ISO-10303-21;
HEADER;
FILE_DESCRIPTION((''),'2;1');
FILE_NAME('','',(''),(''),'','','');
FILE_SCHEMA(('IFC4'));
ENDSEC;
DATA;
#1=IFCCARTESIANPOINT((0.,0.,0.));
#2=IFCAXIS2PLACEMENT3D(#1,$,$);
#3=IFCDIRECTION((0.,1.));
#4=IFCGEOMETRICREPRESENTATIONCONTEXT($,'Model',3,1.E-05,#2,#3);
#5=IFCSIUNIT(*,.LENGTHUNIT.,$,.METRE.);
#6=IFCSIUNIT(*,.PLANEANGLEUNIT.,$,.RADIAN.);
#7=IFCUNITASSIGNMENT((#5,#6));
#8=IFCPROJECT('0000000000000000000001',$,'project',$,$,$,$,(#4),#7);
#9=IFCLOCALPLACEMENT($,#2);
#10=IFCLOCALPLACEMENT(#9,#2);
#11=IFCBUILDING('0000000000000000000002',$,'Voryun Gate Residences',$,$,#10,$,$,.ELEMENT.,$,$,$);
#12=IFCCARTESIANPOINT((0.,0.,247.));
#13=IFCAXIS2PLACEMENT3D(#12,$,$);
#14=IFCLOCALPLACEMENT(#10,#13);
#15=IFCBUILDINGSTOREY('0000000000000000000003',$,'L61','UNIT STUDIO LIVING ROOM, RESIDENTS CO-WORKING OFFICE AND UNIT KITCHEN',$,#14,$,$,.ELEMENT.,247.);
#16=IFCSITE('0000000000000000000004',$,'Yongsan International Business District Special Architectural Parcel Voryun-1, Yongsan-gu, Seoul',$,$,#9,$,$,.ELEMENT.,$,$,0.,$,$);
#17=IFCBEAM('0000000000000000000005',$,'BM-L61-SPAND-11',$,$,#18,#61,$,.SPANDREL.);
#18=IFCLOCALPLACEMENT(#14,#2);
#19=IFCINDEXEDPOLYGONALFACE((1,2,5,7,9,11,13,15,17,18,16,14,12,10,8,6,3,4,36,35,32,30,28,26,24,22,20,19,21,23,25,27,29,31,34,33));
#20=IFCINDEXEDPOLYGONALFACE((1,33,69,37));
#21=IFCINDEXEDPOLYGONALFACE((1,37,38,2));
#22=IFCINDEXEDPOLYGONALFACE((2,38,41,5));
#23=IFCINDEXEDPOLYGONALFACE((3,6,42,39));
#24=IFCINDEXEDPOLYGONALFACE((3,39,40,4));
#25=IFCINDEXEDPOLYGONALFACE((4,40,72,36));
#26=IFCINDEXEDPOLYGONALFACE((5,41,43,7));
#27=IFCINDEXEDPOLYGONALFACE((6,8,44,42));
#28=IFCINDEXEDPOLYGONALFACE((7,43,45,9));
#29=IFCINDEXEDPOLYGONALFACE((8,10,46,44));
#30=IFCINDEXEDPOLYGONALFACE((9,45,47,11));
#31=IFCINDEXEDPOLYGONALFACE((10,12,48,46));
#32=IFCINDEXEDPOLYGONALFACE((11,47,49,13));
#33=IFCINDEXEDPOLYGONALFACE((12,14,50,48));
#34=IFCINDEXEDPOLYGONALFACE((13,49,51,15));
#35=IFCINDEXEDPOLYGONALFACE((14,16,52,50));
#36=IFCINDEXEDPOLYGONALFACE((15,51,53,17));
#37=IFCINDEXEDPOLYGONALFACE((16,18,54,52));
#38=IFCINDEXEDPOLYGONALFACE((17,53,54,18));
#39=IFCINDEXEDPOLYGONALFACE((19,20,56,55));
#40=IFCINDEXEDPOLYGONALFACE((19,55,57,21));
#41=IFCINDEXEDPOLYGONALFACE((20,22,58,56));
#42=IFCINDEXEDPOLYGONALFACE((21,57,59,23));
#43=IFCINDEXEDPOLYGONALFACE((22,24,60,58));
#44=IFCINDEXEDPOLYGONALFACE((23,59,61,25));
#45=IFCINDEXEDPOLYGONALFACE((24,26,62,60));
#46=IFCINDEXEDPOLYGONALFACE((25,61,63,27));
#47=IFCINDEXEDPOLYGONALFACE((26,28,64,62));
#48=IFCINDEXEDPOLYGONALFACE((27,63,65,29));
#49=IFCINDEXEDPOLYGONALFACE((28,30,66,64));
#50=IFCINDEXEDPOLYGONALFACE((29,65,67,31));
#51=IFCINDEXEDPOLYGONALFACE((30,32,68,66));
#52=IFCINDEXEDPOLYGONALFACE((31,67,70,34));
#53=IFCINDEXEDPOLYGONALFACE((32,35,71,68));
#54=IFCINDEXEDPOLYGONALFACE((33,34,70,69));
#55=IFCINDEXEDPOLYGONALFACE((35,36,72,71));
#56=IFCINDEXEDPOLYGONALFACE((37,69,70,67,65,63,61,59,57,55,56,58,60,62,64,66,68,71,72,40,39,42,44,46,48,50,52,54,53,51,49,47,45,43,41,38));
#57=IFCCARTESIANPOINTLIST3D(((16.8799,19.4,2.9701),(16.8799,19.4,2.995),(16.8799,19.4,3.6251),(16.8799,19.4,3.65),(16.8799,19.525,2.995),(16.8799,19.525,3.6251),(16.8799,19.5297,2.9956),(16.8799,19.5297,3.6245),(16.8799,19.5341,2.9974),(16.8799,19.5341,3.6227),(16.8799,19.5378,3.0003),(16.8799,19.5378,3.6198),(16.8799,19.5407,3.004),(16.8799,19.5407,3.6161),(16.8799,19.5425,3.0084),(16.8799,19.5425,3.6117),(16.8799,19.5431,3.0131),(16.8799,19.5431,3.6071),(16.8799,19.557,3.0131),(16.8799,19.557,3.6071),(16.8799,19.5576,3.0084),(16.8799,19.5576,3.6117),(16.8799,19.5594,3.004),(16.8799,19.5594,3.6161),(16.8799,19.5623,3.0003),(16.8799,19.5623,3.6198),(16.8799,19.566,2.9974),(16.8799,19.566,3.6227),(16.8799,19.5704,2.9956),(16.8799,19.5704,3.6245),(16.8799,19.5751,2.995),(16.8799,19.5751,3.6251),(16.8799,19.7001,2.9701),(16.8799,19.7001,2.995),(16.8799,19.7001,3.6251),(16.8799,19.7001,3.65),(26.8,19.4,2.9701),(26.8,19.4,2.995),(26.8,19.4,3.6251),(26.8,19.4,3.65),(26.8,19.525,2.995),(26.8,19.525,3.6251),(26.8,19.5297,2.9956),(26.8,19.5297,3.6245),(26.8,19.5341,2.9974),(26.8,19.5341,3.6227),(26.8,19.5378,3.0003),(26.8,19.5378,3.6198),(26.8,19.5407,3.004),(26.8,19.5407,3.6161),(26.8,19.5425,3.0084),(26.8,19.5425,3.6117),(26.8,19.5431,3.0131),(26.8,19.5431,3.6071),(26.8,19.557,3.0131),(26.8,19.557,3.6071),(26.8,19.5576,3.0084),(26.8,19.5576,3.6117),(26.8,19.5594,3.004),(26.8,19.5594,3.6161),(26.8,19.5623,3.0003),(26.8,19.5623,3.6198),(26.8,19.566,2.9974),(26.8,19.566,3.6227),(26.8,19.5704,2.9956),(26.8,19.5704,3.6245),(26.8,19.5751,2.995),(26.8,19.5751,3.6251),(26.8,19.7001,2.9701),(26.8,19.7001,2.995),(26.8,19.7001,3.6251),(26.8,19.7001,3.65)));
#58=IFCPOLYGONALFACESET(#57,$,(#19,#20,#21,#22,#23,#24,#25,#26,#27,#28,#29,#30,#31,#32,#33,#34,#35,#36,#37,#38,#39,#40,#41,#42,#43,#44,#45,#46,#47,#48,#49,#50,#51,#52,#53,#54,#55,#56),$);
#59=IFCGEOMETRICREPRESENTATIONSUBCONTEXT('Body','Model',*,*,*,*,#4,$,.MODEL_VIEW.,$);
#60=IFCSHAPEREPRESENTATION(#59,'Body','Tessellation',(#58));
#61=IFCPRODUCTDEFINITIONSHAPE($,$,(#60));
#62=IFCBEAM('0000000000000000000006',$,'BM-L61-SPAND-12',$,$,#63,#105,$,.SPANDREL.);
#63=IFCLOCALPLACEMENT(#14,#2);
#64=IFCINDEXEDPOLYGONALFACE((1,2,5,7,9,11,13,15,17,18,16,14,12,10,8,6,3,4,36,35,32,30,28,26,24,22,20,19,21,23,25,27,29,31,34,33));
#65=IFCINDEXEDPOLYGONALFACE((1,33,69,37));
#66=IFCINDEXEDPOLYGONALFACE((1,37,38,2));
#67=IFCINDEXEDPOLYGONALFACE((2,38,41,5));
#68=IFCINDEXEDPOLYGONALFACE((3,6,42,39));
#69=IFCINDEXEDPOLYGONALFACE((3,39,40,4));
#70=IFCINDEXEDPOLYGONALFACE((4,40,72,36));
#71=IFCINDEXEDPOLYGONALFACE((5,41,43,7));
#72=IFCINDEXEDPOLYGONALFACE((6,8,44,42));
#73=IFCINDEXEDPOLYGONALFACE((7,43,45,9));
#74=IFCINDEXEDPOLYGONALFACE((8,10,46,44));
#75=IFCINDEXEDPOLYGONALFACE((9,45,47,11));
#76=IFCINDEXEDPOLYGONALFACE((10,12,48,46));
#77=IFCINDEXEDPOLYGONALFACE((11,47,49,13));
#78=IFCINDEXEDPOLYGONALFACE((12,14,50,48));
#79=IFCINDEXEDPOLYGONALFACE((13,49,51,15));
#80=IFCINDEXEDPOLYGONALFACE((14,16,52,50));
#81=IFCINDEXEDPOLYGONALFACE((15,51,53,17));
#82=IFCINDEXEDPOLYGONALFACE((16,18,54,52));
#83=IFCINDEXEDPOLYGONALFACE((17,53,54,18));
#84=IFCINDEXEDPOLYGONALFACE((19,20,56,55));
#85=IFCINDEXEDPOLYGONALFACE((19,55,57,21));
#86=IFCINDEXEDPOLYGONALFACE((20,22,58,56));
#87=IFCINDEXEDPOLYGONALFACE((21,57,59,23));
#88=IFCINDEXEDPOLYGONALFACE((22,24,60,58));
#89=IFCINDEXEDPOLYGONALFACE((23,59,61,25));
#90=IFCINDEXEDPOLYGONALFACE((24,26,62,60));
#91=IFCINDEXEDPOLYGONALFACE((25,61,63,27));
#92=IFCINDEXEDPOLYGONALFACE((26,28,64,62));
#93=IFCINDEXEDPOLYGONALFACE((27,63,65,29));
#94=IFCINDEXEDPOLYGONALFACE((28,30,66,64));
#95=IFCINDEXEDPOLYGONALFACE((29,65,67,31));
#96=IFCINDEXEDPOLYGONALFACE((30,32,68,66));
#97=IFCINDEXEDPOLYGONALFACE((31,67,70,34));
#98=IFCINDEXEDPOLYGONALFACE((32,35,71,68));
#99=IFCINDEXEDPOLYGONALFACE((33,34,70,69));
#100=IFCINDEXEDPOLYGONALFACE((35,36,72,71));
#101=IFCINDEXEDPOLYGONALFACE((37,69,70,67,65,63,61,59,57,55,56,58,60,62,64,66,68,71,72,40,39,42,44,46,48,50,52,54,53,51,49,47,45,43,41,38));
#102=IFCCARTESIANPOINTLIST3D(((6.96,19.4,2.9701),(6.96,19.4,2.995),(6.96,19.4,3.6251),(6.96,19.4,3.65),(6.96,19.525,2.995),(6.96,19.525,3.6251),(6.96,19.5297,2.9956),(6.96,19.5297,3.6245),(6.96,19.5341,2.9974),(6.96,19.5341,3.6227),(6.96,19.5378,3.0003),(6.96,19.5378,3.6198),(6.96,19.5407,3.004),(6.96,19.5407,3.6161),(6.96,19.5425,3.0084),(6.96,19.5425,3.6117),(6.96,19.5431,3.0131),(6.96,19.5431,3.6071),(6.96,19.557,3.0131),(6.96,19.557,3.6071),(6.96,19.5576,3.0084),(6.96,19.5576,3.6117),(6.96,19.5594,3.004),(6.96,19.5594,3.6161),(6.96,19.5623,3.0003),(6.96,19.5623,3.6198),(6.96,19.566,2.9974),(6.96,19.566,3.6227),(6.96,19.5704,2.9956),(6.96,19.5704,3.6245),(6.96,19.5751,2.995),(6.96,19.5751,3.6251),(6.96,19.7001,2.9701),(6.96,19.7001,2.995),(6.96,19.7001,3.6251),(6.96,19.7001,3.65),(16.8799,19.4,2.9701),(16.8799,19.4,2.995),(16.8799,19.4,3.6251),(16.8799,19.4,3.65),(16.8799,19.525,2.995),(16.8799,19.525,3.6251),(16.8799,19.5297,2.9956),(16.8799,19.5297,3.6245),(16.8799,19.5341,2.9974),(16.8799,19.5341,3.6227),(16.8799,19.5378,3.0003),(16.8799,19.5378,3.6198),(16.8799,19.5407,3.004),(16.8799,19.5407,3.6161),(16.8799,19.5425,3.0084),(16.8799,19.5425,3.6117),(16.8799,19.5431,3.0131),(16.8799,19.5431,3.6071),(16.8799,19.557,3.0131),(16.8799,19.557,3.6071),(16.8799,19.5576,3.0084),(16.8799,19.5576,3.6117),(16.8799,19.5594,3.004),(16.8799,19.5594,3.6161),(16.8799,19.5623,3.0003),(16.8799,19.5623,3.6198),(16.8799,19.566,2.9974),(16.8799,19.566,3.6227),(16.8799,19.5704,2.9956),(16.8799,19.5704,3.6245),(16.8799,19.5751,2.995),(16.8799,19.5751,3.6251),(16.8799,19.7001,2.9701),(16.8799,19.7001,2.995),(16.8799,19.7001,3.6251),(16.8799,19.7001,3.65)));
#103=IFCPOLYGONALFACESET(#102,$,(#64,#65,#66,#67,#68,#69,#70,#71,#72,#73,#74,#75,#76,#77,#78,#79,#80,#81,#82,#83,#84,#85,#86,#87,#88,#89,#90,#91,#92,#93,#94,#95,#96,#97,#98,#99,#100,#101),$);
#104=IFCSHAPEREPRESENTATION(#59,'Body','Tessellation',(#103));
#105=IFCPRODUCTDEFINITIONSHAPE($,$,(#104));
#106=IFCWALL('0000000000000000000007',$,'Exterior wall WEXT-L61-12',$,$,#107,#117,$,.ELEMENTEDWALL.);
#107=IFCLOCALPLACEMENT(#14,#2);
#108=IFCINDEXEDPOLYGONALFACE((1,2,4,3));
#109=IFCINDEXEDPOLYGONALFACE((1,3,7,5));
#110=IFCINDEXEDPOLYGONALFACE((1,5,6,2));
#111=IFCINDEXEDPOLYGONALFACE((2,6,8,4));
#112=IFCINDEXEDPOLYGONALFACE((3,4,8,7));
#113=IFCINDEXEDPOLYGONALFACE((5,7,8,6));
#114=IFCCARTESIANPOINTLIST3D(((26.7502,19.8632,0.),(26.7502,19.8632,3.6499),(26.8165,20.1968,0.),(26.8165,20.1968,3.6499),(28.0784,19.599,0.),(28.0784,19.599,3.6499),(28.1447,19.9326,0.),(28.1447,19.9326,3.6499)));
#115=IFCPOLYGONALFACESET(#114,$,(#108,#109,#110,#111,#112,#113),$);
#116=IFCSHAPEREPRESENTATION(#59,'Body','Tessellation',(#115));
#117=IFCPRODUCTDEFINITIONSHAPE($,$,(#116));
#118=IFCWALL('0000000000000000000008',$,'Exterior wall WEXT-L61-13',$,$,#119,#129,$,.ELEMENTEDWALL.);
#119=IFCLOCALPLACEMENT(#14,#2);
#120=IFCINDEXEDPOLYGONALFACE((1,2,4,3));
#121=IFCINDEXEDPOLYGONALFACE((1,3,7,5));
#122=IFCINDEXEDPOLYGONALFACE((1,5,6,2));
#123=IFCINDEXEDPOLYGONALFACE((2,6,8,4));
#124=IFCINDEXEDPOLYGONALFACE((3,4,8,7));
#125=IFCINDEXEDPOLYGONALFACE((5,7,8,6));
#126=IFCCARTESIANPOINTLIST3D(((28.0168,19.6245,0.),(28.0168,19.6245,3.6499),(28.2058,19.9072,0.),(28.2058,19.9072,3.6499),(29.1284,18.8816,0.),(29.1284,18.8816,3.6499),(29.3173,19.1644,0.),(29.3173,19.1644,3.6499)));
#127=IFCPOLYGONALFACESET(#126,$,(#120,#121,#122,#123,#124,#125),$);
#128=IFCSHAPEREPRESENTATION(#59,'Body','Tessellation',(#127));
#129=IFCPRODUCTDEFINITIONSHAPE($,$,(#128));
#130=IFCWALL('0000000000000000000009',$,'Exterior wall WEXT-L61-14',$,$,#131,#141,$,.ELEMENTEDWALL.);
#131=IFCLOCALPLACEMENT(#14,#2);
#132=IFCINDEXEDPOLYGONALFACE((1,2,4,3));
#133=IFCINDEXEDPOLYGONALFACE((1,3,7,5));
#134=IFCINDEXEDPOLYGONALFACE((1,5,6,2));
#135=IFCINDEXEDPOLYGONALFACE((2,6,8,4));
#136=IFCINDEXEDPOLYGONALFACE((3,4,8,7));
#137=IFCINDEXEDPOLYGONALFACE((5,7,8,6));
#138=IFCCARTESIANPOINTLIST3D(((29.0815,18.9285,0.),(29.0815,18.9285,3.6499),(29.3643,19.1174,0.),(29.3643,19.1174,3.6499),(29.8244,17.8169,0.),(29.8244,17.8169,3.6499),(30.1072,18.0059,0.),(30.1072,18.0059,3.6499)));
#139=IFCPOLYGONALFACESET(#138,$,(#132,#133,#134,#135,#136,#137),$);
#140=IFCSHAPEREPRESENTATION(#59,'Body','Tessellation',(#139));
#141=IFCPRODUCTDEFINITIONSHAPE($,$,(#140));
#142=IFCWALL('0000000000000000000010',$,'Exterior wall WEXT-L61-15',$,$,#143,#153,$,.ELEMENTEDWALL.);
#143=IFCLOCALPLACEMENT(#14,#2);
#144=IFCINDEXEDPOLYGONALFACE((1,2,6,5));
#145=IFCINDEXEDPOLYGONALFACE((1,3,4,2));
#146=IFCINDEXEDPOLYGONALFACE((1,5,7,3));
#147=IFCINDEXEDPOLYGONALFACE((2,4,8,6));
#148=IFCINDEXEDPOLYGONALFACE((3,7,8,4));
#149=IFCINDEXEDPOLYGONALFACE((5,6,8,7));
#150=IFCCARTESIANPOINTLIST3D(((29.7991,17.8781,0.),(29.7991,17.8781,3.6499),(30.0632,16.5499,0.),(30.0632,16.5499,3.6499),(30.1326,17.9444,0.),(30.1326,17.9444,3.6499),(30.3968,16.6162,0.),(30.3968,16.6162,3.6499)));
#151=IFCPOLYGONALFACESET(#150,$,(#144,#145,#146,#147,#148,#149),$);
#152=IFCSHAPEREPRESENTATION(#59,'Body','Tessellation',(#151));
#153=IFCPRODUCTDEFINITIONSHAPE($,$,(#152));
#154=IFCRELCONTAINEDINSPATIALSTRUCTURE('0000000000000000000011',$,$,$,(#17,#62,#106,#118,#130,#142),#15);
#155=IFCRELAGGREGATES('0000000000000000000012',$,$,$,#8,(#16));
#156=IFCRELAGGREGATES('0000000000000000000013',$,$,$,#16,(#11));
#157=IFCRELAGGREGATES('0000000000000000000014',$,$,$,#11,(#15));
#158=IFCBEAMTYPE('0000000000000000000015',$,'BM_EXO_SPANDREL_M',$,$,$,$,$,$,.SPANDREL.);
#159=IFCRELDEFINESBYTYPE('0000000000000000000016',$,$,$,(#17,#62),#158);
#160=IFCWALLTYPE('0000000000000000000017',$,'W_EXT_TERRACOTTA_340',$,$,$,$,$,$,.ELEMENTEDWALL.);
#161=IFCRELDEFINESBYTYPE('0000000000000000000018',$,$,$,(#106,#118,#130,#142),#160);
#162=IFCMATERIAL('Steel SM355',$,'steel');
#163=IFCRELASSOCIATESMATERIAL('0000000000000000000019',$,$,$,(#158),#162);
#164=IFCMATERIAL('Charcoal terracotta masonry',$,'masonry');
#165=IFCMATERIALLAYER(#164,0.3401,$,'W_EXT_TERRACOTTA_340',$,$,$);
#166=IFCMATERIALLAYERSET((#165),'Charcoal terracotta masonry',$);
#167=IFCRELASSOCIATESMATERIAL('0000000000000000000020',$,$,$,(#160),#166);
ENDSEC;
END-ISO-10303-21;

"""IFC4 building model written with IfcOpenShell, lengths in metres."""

from ifc_helpers import new_model, si_unit, direction, frame, frame_2d, origin, origin_2d, place, context, subcontext, project, spatial, rectangle, i_section, extrude, material, layer, layer_set, material_profile, profile_set, type_object, element, save


model = new_model("IFC4")

# Units and contexts
model_context = context("Model", 3, precision=1e-05, world=origin(), true_north=direction((0.0, 1.0)))
body_context = subcontext(model_context, "Body", "Model", "MODEL_VIEW")
ifc_project = project(units=[si_unit("LENGTHUNIT", "METRE"), si_unit("PLANEANGLEUNIT", "RADIAN")], contexts=[model_context])

# Site, building, storey
site_placement = place(None, origin())
site = spatial("IfcSite", under=ifc_project, at=site_placement, Name="Yongsan International Business District Special Architectural Parcel Voryun-1, Yongsan-gu, Seoul", CompositionType="ELEMENT", RefElevation=0.0)
building_placement = place(site_placement, origin())
building = spatial("IfcBuilding", under=site, at=building_placement, Name="Voryun Gate Residences", CompositionType="ELEMENT")
storey_placement = place(building_placement, frame((0.0, 0.0, 247.0)))
storey = spatial("IfcBuildingStorey", under=building, at=storey_placement, Name="L61", Description="UNIT STUDIO LIVING ROOM, RESIDENTS CO-WORKING OFFICE AND UNIT KITCHEN", CompositionType="ELEMENT", Elevation=247.0)

# Beams
ifc_material_1 = material(Name="Steel SM355", Category="steel")
ifc_material_profile_1 = material_profile(ifc_material_1, i_section(OverallWidth=0.3, OverallDepth=0.6799, WebThickness=0.0139, FlangeThickness=0.0249, FilletRadius=0.0181, at=origin_2d()), Name="H-680x300x14x25")
ifc_profile_set_1 = profile_set([ifc_material_profile_1], Name="Steel SM355")
beam_type = type_object("IfcBeamType", Name="BM_EXO_SPANDREL_M", PredefinedType="SPANDREL", material=ifc_profile_set_1)
beam_1_placement = place(storey_placement, frame((26.8, 19.55, 3.3101), z_axis=(-1.0, 0.0, 0.0), x_axis=(0.0, -1.0, 0.0)))
element("IfcBeam", 1, at=beam_1_placement, inside=storey, type_object=beam_type, Name="BM-L61-SPAND-11", PredefinedType="SPANDREL", context=body_context, shape_type="SweptSolid", body=[
    extrude(i_section(OverallWidth=0.3, OverallDepth=0.6799, WebThickness=0.0139, FlangeThickness=0.0249, FilletRadius=0.0181, at=origin_2d()), origin(), (0.0, 0.0, 1.0), 9.9202),
])
beam_2_placement = place(storey_placement, frame((16.8799, 19.55, 3.3101), z_axis=(-1.0, 0.0, 0.0), x_axis=(0.0, -1.0, 0.0)))
element("IfcBeam", 2, at=beam_2_placement, inside=storey, type_object=beam_type, Name="BM-L61-SPAND-12", PredefinedType="SPANDREL", context=body_context, shape_type="SweptSolid", body=[
    extrude(i_section(OverallWidth=0.3, OverallDepth=0.6799, WebThickness=0.0139, FlangeThickness=0.0249, FilletRadius=0.0181, at=origin_2d()), origin(), (0.0, 0.0, 1.0), 9.9199),
])

# Walls
ifc_material_2 = material(Name="Charcoal terracotta masonry", Category="masonry")
ifc_layer_1 = layer(ifc_material_2, 0.3401, Name="W_EXT_TERRACOTTA_340")
ifc_layer_set_1 = layer_set([ifc_layer_1], Name="Charcoal terracotta masonry")
wall_type_1 = type_object("IfcWallType", Name="W_EXT_TERRACOTTA_340", PredefinedType="ELEMENTEDWALL", material=ifc_layer_set_1)
wall_1_placement = place(storey_placement, frame((26.7832, 20.03, 0.0), z_axis=(0.0, 0.0, 1.0), x_axis=(0.980788, -0.195076, 0.0)))
element("IfcWall", 3, at=wall_1_placement, inside=storey, type_object=wall_type_1, Name="Exterior wall WEXT-L61-12", PredefinedType="ELEMENTEDWALL", context=body_context, shape_type="SweptSolid", body=[
    extrude(rectangle(XDim=1.3542, YDim=0.3401, at=frame_2d((0.6772, 0.0))), origin(), (0.0, 0.0, 1.0), 3.6499),
])
for number, where, z_axis, x_axis, name in (
    (4, (28.1113, 19.7659, 0.0), (0.0, 0.0, 1.0), (0.831404, -0.555669, 0.0), "Exterior wall WEXT-L61-13"),
    (5, (29.2229, 19.0229, 0.0), (0.0, 0.0, 1.0), (0.555669, -0.831404, 0.0), "Exterior wall WEXT-L61-14"),
):
    element("IfcWall", number, at=place(storey_placement, frame(where, z_axis=z_axis, x_axis=x_axis)), inside=storey, type_object=wall_type_1, Name=name, PredefinedType="ELEMENTEDWALL", context=body_context, shape_type="SweptSolid", body=[
        extrude(rectangle(XDim=1.3369, YDim=0.3401, at=frame_2d((0.6685, 0.0))), origin(), (0.0, 0.0, 1.0), 3.6499),
    ])
wall_2_placement = place(storey_placement, frame((29.9658, 17.9114, 0.0), z_axis=(0.0, 0.0, 1.0), x_axis=(0.195076, -0.980788, 0.0)))
element("IfcWall", 6, at=wall_2_placement, inside=storey, type_object=wall_type_1, Name="Exterior wall WEXT-L61-15", PredefinedType="ELEMENTEDWALL", context=body_context, shape_type="SweptSolid", body=[
    extrude(rectangle(XDim=1.3542, YDim=0.3401, at=frame_2d((0.6772, 0.0))), origin(), (0.0, 0.0, 1.0), 3.6499),
])

save(model, "model.ifc")
